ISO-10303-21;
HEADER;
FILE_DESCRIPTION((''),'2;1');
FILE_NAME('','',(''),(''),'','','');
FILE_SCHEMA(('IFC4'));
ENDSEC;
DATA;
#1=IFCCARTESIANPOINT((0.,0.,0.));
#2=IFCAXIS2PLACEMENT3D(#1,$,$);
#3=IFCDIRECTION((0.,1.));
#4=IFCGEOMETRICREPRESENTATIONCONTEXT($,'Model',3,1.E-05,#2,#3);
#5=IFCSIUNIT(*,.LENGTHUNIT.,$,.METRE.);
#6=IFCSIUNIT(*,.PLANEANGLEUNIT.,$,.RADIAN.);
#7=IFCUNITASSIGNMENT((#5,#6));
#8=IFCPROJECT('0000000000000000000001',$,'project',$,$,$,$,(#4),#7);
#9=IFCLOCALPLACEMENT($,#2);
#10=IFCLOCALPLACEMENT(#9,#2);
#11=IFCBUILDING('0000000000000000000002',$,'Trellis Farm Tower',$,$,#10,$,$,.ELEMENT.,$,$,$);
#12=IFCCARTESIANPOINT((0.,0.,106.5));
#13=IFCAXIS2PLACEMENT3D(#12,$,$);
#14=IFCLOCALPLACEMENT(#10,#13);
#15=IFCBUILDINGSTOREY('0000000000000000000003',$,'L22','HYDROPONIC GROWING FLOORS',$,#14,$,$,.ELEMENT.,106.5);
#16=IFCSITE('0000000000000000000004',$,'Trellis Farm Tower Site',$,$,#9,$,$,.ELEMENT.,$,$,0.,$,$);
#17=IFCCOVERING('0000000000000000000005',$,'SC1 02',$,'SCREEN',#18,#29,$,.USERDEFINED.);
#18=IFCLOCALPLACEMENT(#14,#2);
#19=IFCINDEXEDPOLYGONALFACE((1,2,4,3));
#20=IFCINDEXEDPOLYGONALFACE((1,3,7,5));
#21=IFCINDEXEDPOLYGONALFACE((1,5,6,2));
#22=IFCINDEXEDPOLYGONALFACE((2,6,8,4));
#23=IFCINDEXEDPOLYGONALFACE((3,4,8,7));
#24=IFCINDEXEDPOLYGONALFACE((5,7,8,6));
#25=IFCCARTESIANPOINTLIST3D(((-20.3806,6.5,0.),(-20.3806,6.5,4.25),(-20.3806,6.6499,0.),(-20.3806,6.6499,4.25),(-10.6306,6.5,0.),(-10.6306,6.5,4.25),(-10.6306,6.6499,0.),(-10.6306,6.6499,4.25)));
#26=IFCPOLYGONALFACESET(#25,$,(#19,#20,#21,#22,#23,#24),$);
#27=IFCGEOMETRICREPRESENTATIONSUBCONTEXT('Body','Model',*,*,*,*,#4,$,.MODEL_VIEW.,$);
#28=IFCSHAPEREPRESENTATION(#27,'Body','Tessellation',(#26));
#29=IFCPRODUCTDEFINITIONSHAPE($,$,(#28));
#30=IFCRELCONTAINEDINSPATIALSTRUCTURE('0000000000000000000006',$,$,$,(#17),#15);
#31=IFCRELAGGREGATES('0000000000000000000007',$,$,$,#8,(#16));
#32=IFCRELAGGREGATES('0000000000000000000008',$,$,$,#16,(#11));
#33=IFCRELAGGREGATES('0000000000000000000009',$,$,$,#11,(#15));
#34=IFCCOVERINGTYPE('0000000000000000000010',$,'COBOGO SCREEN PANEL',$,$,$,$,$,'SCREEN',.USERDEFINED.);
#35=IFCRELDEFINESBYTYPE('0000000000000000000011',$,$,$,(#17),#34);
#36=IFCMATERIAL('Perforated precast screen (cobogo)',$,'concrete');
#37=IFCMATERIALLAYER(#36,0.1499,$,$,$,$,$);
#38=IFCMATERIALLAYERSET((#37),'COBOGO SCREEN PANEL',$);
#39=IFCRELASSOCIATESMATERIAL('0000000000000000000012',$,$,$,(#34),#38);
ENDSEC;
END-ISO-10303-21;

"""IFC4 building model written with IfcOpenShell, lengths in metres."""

from ifc_helpers import new_model, si_unit, direction, frame, origin, place, context, subcontext, project, spatial, polyline, outline, extrude, source, transform, mapped, material, layer, layer_set, type_object, element, save


model = new_model("IFC4")

# Units and contexts
model_context = context("Model", 3, precision=1e-05, world=origin(), true_north=direction((0.0, 1.0)))
body_context = subcontext(model_context, "Body", "Model", "MODEL_VIEW")
ifc_project = project(units=[si_unit("LENGTHUNIT", "METRE"), si_unit("PLANEANGLEUNIT", "RADIAN")], contexts=[model_context])

# Site, building, storey
site_placement = place(None, origin())
site = spatial("IfcSite", under=ifc_project, at=site_placement, Name="Trellis Farm Tower Site", CompositionType="ELEMENT", RefElevation=0.0)
building_placement = place(site_placement, origin())
building = spatial("IfcBuilding", under=site, at=building_placement, Name="Trellis Farm Tower", CompositionType="ELEMENT")
storey_placement = place(building_placement, frame((0.0, 0.0, 106.5)))
storey = spatial("IfcBuildingStorey", under=building, at=storey_placement, Name="L22", Description="HYDROPONIC GROWING FLOORS", CompositionType="ELEMENT", Elevation=106.5)

# Shared definitions
placement = place(storey_placement, origin())

# Covering
ifc_material_1 = material(Name="Perforated precast screen (cobogo)", Category="concrete")
ifc_layer_1 = layer(ifc_material_1, 0.1499)
ifc_layer_set_1 = layer_set([ifc_layer_1], Name="COBOGO SCREEN PANEL")
covering_type = type_object("IfcCoveringType", Name="COBOGO SCREEN PANEL", ElementType="SCREEN", PredefinedType="USERDEFINED", material=ifc_layer_set_1)
shared_shape_1 = source(origin(), body_context, "Body", "SweptSolid", [
    extrude(outline(polyline([(-10.6306, 6.6499), (-20.3806, 6.6499), (-20.3806, 6.5), (-10.6306, 6.5), (-10.6306, 6.6499)])), origin(), (0.0, 0.0, 1.0), 4.25),
])
element("IfcCovering", 1, at=placement, inside=storey, type_object=covering_type, Name="SC1 02", ObjectType="SCREEN", PredefinedType="USERDEFINED", context=body_context, shape_type="MappedRepresentation", body=[
    mapped(shared_shape_1, transform((0.0, 0.0, 0.0))),
])

save(model, "model.ifc")
